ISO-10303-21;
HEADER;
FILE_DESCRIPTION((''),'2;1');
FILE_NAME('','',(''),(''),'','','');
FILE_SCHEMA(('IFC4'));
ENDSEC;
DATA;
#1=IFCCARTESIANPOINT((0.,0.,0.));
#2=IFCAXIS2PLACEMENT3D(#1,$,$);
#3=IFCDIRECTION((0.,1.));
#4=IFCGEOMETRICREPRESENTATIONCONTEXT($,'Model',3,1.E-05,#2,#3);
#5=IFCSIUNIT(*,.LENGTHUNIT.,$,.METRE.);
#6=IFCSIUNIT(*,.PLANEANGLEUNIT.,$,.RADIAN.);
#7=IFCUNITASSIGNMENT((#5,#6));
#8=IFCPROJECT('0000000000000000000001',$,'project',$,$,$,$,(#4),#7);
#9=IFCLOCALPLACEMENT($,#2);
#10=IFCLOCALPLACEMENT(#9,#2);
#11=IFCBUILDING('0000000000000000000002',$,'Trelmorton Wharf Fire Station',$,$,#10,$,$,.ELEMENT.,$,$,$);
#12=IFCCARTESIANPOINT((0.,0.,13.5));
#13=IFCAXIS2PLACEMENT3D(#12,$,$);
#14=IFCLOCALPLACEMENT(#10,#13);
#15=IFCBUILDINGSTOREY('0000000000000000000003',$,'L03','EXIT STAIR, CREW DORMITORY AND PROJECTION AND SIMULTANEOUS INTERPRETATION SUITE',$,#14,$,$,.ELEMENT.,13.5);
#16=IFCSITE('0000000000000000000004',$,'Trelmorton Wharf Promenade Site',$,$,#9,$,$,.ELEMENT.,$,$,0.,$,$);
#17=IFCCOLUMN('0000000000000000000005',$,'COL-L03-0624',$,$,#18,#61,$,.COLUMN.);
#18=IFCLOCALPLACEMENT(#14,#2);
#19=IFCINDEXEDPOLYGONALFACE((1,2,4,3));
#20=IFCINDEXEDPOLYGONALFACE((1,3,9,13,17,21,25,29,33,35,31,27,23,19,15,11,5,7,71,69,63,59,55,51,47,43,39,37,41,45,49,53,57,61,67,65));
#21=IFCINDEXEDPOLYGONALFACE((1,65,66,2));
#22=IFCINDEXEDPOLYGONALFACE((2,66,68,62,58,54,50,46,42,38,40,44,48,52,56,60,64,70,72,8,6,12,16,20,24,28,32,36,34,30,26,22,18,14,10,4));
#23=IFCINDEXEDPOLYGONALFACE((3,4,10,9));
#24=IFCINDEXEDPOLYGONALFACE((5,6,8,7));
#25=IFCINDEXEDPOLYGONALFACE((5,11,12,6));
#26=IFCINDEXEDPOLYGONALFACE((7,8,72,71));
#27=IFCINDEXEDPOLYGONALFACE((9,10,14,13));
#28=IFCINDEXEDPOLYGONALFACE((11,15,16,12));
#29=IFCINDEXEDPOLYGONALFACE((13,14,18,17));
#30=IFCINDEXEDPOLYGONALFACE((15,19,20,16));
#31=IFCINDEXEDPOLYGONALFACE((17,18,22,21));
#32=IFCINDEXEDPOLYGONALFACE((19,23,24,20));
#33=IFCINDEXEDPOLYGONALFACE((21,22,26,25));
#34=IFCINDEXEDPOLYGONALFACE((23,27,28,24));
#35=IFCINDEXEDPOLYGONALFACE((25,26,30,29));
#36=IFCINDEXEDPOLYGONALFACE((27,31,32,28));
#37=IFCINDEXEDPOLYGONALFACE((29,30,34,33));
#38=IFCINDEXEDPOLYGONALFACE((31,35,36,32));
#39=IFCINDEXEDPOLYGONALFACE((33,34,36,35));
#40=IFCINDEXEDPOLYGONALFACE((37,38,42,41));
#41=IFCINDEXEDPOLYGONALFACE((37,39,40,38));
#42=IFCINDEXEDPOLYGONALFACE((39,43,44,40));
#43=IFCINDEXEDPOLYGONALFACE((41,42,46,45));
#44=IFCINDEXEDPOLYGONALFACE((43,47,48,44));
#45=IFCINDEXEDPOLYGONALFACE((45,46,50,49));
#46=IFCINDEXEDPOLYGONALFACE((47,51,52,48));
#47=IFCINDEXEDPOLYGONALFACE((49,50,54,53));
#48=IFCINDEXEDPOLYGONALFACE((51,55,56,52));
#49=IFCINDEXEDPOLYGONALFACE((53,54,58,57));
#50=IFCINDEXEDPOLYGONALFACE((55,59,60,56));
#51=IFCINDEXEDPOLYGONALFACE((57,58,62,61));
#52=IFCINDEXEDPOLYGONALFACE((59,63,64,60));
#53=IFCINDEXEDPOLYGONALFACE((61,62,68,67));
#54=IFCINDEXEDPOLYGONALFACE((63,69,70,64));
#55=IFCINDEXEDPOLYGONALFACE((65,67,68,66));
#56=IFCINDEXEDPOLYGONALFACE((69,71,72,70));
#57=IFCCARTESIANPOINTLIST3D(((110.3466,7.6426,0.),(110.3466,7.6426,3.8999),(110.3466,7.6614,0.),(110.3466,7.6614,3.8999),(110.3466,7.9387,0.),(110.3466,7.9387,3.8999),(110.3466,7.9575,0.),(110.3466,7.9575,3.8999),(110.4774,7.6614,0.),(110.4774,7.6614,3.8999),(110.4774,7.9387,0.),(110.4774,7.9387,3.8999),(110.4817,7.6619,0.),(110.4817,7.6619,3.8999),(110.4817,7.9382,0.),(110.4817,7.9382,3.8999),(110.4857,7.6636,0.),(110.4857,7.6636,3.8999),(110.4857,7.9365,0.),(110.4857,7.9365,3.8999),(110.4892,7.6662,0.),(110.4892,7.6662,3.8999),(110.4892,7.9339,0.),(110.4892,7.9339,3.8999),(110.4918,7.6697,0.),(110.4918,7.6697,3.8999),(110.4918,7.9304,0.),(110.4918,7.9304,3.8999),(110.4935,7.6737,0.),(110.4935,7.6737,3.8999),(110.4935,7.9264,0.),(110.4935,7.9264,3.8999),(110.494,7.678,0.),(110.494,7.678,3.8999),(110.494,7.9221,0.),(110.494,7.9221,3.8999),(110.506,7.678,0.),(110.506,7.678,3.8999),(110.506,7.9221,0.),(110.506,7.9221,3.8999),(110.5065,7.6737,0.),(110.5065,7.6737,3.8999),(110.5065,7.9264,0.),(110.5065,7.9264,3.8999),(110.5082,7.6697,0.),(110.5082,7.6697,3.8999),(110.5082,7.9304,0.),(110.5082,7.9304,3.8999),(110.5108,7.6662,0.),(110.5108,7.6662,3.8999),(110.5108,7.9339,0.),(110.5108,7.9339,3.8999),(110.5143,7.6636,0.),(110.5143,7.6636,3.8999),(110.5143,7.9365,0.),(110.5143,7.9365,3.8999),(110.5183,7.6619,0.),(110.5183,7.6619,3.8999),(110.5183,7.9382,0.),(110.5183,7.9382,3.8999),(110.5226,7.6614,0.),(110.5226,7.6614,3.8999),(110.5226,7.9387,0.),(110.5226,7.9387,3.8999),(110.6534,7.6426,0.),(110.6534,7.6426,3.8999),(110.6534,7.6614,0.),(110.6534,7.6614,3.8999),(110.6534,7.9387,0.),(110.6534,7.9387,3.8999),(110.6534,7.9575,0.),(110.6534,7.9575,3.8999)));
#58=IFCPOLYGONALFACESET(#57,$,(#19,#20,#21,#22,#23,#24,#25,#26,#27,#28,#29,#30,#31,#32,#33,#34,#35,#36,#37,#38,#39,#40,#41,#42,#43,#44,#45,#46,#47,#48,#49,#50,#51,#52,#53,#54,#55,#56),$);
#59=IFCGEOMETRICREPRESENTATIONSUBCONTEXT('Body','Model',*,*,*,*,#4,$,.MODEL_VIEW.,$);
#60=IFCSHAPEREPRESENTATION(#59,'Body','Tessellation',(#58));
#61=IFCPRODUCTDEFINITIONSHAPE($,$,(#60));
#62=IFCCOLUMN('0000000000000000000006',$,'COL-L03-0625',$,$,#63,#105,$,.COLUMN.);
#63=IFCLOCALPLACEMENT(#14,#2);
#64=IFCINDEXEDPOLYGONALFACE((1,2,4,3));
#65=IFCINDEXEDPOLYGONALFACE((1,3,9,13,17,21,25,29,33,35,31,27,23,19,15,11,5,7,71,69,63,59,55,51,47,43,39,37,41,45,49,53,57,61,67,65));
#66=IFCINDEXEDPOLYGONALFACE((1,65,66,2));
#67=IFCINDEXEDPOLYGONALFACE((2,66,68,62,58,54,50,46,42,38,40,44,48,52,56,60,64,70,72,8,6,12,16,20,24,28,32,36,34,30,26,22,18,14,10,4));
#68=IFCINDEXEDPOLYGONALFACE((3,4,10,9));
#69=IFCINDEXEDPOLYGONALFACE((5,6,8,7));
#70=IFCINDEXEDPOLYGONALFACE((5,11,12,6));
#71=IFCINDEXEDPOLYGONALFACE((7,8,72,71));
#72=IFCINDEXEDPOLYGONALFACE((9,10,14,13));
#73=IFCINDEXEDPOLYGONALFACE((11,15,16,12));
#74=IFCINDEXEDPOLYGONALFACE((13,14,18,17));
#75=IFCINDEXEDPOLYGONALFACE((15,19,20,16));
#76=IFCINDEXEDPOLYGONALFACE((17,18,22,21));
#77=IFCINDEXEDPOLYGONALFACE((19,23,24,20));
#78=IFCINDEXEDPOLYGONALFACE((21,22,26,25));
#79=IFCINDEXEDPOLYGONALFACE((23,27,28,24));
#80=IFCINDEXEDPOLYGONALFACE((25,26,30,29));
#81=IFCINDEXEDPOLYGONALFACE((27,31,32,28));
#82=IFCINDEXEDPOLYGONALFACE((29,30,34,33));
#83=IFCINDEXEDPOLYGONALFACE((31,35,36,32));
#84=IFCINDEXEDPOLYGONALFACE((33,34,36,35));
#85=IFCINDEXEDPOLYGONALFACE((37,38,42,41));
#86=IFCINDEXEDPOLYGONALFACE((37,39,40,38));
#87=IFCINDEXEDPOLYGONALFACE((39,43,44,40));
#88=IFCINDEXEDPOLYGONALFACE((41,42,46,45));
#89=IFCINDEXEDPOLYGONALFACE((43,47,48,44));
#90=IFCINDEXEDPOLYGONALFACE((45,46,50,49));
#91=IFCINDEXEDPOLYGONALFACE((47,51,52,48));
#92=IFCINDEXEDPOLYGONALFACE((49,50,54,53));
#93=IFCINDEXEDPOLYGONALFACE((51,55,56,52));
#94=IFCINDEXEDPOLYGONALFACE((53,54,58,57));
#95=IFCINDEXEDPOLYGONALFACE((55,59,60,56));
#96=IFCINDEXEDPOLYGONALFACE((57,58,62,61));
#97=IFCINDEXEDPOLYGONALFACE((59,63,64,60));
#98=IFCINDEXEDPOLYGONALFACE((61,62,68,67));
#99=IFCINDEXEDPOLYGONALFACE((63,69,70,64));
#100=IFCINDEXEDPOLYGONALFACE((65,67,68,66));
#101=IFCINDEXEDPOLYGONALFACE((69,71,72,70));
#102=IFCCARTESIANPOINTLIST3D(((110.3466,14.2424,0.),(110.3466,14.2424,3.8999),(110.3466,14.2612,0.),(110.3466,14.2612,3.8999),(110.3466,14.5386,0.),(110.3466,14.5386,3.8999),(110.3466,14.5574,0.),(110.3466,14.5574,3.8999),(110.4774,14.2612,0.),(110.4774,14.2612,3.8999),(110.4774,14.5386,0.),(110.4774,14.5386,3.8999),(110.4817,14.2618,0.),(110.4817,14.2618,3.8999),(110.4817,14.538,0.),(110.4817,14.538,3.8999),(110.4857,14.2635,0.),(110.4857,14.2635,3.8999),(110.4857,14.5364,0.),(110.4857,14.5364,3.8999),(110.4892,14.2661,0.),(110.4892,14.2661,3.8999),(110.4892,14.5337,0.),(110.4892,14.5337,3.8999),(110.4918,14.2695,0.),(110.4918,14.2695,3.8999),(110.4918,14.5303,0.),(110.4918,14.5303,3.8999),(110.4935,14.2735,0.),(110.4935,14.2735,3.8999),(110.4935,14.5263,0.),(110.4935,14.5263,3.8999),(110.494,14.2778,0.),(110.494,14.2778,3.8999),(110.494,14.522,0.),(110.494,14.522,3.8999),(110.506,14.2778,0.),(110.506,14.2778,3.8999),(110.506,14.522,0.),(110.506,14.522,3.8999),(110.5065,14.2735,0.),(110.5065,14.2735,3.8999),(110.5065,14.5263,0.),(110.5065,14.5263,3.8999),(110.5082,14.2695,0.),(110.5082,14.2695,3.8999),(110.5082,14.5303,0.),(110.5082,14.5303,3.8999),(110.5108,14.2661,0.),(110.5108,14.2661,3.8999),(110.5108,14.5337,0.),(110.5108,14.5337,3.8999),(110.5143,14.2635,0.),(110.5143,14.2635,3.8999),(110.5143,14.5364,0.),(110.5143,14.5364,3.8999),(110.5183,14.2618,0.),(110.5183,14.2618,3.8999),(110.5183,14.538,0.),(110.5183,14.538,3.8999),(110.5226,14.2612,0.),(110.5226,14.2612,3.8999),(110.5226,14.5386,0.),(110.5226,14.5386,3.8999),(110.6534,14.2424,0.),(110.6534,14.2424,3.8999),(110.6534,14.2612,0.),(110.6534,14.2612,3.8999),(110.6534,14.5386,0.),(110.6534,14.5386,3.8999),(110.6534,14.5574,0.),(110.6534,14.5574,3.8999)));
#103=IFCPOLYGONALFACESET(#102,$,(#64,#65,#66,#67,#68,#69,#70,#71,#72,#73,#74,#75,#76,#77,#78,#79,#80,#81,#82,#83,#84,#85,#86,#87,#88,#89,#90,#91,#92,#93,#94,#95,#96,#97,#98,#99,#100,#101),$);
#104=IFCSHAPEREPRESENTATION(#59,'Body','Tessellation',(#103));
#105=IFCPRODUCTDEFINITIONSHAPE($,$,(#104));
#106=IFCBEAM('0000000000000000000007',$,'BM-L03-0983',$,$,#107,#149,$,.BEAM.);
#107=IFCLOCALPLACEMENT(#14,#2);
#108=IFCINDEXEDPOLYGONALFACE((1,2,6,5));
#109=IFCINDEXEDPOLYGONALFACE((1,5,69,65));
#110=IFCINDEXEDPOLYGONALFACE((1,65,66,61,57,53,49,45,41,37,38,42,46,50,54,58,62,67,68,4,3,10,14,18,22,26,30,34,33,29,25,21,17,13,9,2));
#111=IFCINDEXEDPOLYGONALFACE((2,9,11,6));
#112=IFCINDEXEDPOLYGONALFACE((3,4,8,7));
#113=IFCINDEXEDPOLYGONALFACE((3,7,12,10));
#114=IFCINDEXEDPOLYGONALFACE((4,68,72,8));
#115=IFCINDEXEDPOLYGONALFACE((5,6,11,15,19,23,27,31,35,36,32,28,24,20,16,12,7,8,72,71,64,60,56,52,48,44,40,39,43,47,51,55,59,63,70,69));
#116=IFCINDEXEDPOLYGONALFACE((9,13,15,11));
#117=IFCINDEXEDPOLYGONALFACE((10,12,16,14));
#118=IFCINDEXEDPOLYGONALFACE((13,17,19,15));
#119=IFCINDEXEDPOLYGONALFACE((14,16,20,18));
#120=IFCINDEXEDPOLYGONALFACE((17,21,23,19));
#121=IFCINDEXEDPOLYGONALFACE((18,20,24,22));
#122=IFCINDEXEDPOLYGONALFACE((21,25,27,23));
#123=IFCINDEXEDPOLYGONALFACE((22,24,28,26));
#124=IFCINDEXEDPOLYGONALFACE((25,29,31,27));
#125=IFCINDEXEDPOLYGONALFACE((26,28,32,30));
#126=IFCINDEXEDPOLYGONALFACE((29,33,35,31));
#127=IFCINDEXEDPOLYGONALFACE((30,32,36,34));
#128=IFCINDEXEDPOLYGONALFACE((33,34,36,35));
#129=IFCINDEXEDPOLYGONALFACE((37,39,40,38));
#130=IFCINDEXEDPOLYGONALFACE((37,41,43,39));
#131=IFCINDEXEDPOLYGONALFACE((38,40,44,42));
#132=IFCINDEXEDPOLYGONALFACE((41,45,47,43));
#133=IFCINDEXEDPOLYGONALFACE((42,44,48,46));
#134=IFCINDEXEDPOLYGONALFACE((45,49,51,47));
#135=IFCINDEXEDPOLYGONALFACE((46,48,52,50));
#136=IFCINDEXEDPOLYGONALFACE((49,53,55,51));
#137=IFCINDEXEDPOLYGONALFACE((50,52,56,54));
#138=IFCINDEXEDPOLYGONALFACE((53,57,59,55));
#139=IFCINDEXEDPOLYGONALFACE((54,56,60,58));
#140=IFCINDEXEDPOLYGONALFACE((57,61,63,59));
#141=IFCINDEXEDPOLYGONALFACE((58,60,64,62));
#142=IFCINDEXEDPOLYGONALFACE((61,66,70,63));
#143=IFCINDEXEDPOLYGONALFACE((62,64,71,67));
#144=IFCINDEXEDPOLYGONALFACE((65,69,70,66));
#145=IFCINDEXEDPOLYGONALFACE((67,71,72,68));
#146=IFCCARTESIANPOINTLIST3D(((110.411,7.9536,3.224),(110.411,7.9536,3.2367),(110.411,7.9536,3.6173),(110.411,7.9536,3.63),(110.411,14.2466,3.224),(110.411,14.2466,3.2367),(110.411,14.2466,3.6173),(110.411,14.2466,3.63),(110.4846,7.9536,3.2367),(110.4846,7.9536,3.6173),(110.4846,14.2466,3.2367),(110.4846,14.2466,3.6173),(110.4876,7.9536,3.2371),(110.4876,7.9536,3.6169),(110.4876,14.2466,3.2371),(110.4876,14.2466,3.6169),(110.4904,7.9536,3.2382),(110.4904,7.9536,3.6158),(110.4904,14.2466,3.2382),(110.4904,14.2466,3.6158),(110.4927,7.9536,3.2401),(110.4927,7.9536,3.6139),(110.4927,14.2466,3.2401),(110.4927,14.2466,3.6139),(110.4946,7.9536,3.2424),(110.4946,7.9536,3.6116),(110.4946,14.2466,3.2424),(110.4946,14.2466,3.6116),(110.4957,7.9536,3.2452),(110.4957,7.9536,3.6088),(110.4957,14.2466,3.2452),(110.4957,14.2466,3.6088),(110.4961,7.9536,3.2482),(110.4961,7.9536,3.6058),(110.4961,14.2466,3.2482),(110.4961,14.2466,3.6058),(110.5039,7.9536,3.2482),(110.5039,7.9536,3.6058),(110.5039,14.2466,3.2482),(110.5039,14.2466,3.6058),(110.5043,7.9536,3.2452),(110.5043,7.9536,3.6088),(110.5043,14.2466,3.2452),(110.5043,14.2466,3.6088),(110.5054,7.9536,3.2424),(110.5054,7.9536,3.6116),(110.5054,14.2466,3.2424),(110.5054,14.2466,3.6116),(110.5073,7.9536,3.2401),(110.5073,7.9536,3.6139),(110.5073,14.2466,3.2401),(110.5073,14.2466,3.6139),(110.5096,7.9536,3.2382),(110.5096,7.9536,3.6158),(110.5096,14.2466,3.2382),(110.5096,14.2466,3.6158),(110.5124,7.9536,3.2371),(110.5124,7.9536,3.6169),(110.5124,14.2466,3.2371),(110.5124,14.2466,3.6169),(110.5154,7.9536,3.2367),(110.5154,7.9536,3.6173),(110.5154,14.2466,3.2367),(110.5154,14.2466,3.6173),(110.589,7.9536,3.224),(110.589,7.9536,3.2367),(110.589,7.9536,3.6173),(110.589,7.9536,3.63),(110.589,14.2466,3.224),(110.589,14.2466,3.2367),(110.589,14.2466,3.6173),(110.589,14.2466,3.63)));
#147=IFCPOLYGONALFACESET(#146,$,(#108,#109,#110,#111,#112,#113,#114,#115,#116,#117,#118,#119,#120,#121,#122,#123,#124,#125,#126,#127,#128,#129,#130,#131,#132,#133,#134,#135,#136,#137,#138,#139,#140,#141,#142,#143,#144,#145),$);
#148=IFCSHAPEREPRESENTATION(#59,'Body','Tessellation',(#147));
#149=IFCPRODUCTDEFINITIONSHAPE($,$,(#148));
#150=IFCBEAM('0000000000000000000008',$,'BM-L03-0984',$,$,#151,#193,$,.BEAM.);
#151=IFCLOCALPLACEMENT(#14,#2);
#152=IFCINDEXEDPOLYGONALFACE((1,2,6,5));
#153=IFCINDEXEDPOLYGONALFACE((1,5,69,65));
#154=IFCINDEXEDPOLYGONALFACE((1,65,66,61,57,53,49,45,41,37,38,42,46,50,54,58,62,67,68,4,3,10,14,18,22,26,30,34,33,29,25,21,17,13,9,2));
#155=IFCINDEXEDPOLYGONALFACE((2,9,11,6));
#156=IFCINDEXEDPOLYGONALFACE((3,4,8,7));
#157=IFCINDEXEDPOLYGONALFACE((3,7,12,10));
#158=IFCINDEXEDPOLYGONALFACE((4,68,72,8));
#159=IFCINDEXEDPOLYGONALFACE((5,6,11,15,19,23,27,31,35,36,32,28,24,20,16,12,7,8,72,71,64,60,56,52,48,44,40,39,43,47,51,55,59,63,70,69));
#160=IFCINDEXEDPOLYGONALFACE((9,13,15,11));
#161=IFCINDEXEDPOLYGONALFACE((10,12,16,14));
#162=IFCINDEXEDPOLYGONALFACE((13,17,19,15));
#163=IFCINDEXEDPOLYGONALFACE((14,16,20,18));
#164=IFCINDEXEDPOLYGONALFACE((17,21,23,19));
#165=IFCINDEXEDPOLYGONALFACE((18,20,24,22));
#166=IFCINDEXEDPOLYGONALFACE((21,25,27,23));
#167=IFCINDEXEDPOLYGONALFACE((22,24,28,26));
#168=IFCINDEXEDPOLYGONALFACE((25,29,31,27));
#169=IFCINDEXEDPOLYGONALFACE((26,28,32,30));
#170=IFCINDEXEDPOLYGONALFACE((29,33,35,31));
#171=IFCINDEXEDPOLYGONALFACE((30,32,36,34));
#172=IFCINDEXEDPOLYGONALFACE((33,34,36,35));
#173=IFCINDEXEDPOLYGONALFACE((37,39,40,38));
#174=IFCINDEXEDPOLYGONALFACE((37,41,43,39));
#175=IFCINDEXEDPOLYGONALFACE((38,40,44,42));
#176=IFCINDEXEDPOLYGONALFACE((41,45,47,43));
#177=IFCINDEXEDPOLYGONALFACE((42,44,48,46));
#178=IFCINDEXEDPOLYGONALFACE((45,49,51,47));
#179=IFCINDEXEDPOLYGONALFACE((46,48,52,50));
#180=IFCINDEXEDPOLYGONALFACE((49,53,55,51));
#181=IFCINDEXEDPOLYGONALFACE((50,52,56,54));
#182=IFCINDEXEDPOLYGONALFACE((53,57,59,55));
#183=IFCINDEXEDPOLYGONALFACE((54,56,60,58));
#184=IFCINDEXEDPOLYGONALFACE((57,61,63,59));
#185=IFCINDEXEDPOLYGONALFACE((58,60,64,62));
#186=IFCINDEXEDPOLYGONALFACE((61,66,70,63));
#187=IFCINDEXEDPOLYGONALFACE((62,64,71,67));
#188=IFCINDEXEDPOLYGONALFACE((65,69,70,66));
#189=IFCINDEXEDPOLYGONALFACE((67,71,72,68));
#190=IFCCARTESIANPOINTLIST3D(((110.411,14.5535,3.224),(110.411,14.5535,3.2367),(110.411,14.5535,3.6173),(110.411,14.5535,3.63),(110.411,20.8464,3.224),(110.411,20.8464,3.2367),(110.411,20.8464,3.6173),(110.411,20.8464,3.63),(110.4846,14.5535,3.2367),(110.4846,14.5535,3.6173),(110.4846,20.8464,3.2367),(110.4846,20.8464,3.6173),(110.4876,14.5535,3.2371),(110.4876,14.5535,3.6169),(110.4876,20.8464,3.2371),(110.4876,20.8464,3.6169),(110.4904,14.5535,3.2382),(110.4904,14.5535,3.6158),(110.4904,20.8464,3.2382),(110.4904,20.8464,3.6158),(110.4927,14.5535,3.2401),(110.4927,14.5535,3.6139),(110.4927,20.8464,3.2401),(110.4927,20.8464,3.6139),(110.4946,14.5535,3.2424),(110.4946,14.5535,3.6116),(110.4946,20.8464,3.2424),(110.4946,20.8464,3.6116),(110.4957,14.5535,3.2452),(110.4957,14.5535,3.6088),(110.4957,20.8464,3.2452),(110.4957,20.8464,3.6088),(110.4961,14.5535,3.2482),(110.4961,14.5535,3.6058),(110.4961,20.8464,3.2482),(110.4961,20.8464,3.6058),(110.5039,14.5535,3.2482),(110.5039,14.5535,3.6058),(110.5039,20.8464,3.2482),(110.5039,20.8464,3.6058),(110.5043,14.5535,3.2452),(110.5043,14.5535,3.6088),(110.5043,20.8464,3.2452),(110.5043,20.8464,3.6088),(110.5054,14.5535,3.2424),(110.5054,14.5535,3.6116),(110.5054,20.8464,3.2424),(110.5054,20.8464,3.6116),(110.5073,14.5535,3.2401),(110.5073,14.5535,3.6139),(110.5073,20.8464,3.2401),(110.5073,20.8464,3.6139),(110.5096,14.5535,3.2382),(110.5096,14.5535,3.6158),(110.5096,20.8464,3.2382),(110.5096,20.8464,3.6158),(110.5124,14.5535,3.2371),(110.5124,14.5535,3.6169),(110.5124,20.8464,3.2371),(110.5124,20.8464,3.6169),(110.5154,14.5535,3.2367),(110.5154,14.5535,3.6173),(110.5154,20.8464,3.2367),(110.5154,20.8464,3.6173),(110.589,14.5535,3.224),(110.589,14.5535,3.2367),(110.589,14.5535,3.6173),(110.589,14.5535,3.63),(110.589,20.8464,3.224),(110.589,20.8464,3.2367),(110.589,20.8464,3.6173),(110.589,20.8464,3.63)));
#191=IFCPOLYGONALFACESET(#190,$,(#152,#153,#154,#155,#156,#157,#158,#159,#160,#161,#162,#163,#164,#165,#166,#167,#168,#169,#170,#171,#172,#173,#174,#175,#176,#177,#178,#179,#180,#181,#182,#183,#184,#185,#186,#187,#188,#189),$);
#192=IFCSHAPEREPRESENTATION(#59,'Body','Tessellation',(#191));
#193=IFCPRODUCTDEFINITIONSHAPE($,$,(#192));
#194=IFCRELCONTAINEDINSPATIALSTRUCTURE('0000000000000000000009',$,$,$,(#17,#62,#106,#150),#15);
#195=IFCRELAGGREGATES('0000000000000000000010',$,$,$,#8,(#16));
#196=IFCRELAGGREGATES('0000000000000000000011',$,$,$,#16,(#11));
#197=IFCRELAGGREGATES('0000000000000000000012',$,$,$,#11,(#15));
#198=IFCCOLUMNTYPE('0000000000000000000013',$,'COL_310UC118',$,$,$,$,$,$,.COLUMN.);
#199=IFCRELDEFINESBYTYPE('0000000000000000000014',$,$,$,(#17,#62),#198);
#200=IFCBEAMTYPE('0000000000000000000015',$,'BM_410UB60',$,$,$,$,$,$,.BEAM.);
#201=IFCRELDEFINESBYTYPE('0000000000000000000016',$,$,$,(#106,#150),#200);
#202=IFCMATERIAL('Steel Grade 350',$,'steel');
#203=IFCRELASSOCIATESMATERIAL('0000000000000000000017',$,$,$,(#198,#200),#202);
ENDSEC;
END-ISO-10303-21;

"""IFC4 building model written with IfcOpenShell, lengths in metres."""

from ifc_helpers import new_model, si_unit, direction, frame, origin, origin_2d, place, context, subcontext, project, spatial, i_section, extrude, material, material_profile, profile_set, type_object, element, save


model = new_model("IFC4")

# Units and contexts
model_context = context("Model", 3, precision=1e-05, world=origin(), true_north=direction((0.0, 1.0)))
body_context = subcontext(model_context, "Body", "Model", "MODEL_VIEW")
ifc_project = project(units=[si_unit("LENGTHUNIT", "METRE"), si_unit("PLANEANGLEUNIT", "RADIAN")], contexts=[model_context])

# Site, building, storey
site_placement = place(None, origin())
site = spatial("IfcSite", under=ifc_project, at=site_placement, Name="Trelmorton Wharf Promenade Site", CompositionType="ELEMENT", RefElevation=0.0)
building_placement = place(site_placement, origin())
building = spatial("IfcBuilding", under=site, at=building_placement, Name="Trelmorton Wharf Fire Station", CompositionType="ELEMENT")
storey_placement = place(building_placement, frame((0.0, 0.0, 13.5)))
storey = spatial("IfcBuildingStorey", under=building, at=storey_placement, Name="L03", Description="EXIT STAIR, CREW DORMITORY AND PROJECTION AND SIMULTANEOUS INTERPRETATION SUITE", CompositionType="ELEMENT", Elevation=13.5)

# Columns
ifc_material_1 = material(Name="Steel Grade 350", Category="steel")
ifc_material_profile_1 = material_profile(ifc_material_1, i_section(OverallWidth=0.3069, OverallDepth=0.3149, WebThickness=0.012, FlangeThickness=0.0188, FilletRadius=0.0166, at=origin_2d()), Name="310UC118")
ifc_profile_set_1 = profile_set([ifc_material_profile_1], Name="Steel Grade 350")
column_type = type_object("IfcColumnType", Name="COL_310UC118", PredefinedType="COLUMN", material=ifc_profile_set_1)
for number, where, z_axis, x_axis, name in (
    (1, (110.5, 7.8, 0.0), (0.0, 0.0, 1.0), (1.0, 0.0, 0.0), "COL-L03-0624"),
    (2, (110.5, 14.3999, 0.0), (0.0, 0.0, 1.0), (1.0, 0.0, 0.0), "COL-L03-0625"),
):
    element("IfcColumn", number, at=place(storey_placement, frame(where, z_axis=z_axis, x_axis=x_axis)), inside=storey, type_object=column_type, Name=name, PredefinedType="COLUMN", context=body_context, shape_type="SweptSolid", body=[
        extrude(i_section(OverallWidth=0.3069, OverallDepth=0.3149, WebThickness=0.012, FlangeThickness=0.0188, FilletRadius=0.0166, at=origin_2d()), origin(), (0.0, 0.0, 1.0), 3.8999),
    ])

# Beams
ifc_material_profile_2 = material_profile(ifc_material_1, i_section(OverallWidth=0.178, OverallDepth=0.406, WebThickness=0.0078, FlangeThickness=0.0127, FilletRadius=0.0115, at=origin_2d()), Name="410UB59.7")
ifc_profile_set_2 = profile_set([ifc_material_profile_2], Name="Steel Grade 350")
beam_type_1 = type_object("IfcBeamType", Name="BM_410UB60", PredefinedType="BEAM", material=ifc_profile_set_2)
for number, where, z_axis, x_axis, name in (
    (3, (110.5, 7.9536, 3.427), (0.0, 1.0, 0.0), (-1.0, 0.0, 0.0), "BM-L03-0983"),
    (4, (110.5, 14.5535, 3.427), (0.0, 1.0, 0.0), (-1.0, 0.0, 0.0), "BM-L03-0984"),
):
    element("IfcBeam", number, at=place(storey_placement, frame(where, z_axis=z_axis, x_axis=x_axis)), inside=storey, type_object=beam_type_1, Name=name, PredefinedType="BEAM", context=body_context, shape_type="SweptSolid", body=[
        extrude(i_section(OverallWidth=0.178, OverallDepth=0.406, WebThickness=0.0078, FlangeThickness=0.0127, FilletRadius=0.0115, at=origin_2d()), origin(), (0.0, 0.0, 1.0), 6.293),
    ])

save(model, "model.ifc")
